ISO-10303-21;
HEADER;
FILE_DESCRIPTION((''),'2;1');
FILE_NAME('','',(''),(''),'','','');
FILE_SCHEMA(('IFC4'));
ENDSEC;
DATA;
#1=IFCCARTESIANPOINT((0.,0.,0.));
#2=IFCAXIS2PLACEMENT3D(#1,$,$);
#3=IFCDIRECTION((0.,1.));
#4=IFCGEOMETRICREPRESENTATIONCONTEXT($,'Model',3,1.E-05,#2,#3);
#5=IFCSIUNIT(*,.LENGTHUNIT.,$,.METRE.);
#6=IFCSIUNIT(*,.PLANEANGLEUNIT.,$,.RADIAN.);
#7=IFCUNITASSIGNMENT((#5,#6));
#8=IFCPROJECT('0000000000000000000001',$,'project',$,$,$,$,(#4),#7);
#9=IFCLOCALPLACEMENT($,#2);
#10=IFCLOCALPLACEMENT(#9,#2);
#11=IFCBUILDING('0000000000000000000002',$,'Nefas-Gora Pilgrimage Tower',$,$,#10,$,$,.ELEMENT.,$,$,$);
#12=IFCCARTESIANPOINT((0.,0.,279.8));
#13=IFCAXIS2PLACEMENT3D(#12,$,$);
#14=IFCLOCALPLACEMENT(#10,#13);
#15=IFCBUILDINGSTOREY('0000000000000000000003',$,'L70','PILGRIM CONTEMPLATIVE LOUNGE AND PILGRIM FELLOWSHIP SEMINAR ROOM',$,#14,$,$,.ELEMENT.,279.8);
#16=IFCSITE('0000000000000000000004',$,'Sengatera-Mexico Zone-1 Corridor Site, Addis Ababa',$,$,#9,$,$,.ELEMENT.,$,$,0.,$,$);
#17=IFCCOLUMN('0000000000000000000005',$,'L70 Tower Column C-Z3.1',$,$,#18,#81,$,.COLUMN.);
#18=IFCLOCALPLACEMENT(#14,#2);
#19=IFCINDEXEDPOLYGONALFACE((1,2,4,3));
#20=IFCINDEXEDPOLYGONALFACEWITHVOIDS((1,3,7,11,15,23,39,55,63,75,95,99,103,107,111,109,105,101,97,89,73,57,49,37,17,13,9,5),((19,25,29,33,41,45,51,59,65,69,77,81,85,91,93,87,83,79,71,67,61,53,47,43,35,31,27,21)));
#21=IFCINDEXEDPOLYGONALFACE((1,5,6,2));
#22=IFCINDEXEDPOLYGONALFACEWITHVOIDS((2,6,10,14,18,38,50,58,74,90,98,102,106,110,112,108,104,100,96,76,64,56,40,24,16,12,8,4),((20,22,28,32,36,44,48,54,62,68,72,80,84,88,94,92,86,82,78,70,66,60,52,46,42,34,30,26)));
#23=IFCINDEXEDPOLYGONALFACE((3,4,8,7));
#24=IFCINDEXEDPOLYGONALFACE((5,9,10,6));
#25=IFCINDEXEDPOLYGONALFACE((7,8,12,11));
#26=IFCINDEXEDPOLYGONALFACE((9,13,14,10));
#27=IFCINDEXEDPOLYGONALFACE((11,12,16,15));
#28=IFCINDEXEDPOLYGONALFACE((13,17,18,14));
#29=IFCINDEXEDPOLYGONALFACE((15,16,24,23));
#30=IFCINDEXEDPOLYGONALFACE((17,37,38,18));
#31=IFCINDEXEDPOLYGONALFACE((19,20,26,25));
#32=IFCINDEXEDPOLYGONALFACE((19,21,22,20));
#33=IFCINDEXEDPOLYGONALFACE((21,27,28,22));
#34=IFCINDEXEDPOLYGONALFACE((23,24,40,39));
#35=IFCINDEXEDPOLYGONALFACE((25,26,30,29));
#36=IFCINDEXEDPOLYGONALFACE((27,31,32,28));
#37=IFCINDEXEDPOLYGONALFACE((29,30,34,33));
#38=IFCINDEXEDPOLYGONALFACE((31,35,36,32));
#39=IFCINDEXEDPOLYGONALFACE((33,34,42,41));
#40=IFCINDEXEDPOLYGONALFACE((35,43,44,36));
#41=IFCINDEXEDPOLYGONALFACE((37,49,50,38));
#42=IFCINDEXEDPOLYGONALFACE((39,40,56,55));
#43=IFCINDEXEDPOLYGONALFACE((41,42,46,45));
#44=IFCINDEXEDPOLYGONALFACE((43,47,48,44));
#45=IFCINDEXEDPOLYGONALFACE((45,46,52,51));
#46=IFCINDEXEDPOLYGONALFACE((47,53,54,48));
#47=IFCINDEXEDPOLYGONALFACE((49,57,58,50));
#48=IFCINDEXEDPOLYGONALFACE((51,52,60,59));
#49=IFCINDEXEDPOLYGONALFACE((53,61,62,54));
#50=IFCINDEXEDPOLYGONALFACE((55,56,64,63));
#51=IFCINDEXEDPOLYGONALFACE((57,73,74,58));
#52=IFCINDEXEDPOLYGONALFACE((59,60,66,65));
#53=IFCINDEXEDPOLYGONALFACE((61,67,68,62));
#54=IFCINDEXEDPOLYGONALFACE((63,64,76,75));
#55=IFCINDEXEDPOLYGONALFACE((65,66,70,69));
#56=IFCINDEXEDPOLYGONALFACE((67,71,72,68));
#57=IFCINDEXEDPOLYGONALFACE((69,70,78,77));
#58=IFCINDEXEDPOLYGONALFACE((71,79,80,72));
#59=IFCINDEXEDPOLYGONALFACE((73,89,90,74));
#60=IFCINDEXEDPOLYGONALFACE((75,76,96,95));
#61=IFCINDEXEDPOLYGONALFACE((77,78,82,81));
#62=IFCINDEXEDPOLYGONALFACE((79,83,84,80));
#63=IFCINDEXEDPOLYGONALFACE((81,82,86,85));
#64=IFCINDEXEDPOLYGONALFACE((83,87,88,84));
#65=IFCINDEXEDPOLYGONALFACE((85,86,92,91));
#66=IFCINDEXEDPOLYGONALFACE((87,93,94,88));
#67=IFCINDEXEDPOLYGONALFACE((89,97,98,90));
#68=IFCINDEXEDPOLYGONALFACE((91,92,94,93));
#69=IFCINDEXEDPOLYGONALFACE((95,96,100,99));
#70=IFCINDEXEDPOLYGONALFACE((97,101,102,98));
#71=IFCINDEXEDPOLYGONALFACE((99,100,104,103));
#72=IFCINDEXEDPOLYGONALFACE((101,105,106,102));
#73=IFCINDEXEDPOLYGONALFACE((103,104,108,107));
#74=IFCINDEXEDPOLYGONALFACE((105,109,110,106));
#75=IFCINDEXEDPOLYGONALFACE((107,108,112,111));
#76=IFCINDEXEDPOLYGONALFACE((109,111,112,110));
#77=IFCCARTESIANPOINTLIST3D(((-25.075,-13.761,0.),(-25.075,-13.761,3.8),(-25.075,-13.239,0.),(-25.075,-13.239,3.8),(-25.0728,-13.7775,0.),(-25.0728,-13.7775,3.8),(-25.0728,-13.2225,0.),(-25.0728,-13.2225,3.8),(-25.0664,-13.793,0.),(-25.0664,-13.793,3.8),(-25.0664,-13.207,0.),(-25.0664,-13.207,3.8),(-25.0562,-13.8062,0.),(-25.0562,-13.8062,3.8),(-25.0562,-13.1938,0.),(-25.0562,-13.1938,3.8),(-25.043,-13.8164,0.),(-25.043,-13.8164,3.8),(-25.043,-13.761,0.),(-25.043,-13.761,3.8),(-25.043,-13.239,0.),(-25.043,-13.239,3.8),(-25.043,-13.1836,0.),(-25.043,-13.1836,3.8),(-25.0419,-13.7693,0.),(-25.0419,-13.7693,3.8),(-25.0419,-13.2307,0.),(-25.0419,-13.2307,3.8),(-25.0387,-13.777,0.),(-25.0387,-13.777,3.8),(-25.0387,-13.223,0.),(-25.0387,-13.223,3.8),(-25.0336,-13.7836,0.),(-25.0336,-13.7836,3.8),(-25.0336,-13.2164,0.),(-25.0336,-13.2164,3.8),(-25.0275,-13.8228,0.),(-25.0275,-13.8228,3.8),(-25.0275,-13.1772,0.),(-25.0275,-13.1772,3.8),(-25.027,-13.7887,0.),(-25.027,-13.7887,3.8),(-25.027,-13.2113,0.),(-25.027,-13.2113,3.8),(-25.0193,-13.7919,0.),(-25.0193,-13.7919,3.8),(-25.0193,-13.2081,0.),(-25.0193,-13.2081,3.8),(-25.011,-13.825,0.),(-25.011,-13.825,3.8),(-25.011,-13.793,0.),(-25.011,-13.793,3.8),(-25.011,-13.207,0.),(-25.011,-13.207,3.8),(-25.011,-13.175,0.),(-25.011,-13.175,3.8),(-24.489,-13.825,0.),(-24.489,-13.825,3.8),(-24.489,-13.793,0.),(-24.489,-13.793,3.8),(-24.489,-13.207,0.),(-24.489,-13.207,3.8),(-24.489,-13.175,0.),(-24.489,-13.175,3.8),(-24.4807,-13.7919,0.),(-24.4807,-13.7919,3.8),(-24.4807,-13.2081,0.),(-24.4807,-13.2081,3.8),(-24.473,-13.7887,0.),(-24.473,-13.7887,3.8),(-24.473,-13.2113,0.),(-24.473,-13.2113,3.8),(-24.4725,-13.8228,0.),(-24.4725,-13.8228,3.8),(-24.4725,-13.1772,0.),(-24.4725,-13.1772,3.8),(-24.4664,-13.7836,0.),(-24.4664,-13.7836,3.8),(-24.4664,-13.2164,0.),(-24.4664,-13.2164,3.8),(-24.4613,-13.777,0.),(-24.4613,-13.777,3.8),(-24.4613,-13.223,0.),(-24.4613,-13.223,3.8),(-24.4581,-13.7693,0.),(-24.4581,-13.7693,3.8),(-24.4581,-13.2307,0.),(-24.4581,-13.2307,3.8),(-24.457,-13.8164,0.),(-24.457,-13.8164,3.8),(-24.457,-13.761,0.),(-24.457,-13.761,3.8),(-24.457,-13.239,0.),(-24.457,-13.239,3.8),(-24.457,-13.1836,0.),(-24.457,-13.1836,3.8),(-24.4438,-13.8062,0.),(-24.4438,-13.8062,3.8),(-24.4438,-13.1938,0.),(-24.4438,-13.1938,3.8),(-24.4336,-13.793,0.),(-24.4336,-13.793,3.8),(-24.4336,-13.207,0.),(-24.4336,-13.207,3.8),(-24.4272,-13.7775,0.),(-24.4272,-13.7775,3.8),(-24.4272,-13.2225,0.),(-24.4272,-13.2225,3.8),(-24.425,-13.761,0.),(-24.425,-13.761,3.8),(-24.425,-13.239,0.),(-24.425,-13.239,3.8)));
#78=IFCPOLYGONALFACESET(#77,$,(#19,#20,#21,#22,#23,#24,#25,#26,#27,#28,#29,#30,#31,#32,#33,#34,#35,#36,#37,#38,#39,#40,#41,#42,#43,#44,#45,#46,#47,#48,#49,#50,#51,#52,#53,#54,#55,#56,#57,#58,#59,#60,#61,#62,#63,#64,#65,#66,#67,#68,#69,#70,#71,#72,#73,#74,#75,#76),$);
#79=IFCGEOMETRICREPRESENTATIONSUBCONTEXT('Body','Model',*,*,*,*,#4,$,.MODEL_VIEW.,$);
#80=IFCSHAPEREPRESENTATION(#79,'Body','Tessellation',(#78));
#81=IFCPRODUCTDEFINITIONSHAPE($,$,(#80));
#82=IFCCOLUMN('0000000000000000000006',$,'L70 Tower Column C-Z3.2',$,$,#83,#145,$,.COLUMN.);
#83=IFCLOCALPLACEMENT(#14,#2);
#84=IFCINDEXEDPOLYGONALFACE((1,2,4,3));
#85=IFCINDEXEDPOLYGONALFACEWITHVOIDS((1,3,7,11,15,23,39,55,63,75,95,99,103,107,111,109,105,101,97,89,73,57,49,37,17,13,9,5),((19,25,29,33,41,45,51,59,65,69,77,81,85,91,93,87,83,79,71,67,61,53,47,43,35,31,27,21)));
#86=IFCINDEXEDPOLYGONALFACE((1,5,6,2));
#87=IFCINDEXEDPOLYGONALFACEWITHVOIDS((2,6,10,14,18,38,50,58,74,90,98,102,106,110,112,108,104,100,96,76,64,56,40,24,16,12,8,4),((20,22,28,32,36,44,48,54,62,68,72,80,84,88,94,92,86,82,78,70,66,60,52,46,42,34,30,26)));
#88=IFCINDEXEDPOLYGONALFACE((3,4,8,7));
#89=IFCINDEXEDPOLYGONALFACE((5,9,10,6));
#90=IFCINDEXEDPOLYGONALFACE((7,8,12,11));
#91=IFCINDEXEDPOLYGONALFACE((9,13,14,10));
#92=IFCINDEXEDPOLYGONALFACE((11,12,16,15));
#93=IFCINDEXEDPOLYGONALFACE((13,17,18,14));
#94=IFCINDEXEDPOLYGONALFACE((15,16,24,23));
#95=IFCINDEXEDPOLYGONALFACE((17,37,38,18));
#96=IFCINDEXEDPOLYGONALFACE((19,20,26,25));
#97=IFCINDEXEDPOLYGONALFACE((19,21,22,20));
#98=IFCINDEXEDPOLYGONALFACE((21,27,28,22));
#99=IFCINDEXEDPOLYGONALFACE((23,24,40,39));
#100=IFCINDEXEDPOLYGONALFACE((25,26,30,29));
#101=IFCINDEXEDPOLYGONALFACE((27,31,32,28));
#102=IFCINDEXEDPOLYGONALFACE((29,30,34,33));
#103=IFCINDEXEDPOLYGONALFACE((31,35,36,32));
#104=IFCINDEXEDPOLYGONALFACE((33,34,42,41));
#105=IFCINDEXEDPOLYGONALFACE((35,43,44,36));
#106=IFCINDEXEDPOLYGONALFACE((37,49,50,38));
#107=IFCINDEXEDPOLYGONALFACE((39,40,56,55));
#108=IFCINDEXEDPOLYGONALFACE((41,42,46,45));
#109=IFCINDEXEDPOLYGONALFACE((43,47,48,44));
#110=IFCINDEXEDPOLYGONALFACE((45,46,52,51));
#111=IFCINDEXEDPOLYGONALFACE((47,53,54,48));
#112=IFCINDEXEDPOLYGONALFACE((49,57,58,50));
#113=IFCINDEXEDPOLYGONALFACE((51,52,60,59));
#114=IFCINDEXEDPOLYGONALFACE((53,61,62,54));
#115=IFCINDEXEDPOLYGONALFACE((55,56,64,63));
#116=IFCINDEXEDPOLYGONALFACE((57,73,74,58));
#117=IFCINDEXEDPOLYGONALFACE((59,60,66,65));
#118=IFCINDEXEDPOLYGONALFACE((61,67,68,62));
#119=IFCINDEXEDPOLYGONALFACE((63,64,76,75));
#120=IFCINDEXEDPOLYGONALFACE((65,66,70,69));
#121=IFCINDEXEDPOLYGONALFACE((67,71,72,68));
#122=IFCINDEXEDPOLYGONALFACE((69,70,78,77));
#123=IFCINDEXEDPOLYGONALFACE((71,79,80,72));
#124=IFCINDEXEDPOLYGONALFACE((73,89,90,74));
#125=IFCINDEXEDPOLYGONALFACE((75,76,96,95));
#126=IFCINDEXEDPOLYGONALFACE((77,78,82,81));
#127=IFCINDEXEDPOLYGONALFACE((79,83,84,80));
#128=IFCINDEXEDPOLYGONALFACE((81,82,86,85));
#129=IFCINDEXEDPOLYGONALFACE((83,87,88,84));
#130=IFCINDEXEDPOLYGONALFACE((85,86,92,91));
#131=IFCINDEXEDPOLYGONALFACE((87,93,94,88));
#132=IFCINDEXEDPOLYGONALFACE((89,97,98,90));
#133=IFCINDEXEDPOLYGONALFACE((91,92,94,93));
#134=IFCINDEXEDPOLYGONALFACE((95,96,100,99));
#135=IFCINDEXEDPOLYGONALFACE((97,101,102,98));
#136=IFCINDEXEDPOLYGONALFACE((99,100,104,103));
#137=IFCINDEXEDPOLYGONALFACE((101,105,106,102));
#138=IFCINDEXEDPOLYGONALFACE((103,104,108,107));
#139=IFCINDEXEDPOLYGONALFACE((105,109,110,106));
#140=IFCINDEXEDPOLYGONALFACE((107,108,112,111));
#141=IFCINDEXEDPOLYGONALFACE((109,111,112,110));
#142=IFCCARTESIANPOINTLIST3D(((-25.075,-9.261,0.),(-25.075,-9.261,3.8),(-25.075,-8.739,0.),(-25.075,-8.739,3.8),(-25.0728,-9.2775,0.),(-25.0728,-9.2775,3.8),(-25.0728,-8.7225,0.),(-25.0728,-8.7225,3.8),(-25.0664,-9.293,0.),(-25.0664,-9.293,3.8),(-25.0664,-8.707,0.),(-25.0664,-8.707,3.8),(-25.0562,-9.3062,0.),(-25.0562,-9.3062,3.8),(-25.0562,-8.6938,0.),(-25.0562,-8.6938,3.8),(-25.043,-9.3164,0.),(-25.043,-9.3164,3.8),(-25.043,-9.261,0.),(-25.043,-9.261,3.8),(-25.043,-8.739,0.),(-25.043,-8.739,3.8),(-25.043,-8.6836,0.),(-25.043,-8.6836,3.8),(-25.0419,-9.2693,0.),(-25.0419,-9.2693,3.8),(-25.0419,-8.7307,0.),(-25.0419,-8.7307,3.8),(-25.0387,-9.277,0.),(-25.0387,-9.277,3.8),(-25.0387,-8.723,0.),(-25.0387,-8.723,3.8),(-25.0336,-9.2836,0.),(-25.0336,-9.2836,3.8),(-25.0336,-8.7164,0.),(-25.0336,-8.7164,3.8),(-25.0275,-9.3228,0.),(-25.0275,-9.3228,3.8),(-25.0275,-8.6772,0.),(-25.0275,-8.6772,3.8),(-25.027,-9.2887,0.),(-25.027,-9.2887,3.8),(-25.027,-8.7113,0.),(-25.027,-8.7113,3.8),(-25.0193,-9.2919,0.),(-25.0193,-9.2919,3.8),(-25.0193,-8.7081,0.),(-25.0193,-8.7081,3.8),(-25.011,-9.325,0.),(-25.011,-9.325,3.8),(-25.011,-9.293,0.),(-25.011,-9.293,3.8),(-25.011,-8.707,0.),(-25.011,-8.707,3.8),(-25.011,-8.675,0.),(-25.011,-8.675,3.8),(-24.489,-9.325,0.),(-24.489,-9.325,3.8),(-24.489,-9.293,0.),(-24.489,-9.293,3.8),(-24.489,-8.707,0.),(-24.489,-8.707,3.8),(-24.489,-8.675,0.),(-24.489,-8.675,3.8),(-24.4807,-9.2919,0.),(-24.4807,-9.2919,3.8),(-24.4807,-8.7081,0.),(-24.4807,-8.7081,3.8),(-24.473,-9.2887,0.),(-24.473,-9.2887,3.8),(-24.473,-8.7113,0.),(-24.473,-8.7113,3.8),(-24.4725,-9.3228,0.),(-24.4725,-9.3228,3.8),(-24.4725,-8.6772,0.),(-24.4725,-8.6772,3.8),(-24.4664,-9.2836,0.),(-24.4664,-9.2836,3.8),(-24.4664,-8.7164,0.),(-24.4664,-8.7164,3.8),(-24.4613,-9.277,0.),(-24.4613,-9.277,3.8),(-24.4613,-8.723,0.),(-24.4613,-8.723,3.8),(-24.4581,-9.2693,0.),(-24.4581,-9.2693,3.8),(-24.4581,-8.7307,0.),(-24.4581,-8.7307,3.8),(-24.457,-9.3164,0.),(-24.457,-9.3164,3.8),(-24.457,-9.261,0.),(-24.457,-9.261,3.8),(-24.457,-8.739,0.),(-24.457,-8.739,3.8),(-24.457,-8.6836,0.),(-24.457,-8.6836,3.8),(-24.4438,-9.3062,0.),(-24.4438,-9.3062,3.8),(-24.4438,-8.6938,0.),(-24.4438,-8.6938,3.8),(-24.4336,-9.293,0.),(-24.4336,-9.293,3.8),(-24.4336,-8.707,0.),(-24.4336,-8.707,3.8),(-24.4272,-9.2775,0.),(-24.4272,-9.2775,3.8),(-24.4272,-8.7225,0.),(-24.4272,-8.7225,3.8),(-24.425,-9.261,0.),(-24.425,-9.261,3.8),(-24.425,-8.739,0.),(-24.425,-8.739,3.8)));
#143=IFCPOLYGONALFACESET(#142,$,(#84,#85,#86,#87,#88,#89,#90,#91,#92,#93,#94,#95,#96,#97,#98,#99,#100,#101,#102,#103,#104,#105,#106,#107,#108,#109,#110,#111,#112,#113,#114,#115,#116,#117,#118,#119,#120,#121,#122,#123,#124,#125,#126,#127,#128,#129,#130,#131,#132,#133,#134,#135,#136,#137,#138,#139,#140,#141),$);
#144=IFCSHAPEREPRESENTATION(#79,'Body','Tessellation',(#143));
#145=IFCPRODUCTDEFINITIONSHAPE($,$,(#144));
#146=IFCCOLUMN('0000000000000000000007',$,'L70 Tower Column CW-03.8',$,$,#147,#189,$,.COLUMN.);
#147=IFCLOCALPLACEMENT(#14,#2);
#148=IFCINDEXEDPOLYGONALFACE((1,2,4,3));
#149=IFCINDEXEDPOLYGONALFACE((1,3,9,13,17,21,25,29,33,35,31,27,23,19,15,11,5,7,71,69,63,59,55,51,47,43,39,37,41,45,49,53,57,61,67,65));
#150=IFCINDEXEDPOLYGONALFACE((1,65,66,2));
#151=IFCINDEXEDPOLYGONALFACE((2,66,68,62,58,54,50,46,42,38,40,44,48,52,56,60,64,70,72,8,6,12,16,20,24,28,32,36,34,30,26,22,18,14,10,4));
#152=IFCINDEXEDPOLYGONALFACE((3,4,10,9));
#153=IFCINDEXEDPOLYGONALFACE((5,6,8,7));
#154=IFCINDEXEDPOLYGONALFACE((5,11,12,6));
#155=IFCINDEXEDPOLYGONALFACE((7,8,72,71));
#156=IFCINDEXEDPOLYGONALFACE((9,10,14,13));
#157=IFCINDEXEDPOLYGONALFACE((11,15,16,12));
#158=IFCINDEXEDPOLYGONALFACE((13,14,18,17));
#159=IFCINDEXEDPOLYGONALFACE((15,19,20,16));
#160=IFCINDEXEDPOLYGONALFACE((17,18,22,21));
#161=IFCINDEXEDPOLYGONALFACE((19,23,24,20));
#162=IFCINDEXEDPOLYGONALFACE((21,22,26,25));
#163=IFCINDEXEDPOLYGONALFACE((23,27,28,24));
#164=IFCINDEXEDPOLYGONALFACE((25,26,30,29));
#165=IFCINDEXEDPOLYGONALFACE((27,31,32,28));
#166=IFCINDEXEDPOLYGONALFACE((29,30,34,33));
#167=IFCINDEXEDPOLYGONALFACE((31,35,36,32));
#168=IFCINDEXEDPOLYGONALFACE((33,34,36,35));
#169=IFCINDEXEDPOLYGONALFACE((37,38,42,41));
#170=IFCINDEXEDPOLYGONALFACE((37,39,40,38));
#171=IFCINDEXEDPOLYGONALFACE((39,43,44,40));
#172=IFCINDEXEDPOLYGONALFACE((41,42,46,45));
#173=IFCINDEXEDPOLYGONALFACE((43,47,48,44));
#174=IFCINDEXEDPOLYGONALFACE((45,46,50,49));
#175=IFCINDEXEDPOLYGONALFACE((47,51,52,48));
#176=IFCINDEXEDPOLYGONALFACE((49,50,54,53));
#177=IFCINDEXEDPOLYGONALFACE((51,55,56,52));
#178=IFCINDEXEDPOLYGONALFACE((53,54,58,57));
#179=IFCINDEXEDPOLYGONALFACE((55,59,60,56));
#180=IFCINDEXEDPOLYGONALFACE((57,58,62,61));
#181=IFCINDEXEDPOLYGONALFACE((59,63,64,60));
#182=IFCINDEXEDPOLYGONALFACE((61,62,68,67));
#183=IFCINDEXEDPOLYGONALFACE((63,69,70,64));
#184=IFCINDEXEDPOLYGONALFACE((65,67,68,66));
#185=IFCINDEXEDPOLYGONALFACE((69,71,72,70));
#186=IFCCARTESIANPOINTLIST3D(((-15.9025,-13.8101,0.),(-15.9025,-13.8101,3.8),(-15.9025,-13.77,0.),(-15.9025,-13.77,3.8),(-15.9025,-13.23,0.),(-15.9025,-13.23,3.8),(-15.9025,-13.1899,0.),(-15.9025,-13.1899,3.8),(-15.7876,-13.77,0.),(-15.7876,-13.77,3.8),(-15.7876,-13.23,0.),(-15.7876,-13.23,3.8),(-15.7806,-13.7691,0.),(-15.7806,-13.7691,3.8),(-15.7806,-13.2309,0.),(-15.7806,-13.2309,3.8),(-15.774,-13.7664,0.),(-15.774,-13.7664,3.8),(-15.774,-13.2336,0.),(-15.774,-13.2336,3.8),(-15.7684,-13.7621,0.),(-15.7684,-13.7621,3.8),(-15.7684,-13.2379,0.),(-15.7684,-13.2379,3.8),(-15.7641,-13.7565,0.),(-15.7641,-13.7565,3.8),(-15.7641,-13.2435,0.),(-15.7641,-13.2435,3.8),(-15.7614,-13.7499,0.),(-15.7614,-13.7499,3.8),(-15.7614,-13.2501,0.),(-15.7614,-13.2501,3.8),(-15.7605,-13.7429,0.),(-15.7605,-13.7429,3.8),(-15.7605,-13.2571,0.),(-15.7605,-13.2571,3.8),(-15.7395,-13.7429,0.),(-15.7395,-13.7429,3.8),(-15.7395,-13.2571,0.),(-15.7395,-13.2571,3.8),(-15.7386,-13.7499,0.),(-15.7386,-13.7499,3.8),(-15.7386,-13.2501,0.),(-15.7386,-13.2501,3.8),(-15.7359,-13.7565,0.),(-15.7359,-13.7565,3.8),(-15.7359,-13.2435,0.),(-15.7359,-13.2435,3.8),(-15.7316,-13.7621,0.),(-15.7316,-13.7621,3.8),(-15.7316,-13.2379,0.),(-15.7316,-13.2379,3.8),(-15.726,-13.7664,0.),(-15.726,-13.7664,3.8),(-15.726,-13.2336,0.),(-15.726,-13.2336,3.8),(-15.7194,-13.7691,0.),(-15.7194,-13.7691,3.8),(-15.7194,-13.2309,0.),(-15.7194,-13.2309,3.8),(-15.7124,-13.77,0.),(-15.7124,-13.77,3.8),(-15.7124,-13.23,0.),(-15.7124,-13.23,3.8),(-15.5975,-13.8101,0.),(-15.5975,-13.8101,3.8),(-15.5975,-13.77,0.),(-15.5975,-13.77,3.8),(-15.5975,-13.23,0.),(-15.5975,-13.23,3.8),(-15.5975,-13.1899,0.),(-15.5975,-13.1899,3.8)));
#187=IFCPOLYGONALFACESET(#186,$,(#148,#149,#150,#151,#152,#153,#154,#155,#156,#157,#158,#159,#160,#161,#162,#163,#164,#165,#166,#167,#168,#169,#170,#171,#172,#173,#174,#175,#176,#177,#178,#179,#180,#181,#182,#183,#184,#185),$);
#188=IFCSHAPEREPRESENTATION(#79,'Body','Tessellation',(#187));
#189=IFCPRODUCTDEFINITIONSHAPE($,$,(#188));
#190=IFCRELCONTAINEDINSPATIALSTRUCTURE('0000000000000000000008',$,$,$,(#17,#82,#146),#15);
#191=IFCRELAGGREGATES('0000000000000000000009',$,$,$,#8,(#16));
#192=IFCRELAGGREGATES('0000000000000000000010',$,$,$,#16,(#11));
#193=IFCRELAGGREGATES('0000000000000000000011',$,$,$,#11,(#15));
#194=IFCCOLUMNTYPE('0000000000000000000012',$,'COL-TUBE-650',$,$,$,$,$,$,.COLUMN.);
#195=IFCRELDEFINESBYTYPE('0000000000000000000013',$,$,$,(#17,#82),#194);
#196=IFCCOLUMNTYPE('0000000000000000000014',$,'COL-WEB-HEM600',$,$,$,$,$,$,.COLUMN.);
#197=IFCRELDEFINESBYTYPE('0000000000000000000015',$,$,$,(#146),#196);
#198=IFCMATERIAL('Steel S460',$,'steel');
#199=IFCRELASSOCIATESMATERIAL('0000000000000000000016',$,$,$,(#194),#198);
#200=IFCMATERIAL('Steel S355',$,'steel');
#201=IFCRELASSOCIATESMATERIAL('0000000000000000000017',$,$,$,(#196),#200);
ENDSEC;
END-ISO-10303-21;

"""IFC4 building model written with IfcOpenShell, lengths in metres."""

from ifc_helpers import new_model, si_unit, direction, frame, origin, origin_2d, place, context, subcontext, project, spatial, hollow_rectangle, i_section, extrude, source, transform, mapped, material, material_profile, profile_set, type_object, element, save


model = new_model("IFC4")

# Units and contexts
model_context = context("Model", 3, precision=1e-05, world=origin(), true_north=direction((0.0, 1.0)))
body_context = subcontext(model_context, "Body", "Model", "MODEL_VIEW")
ifc_project = project(units=[si_unit("LENGTHUNIT", "METRE"), si_unit("PLANEANGLEUNIT", "RADIAN")], contexts=[model_context])

# Site, building, storey
site_placement = place(None, origin())
site = spatial("IfcSite", under=ifc_project, at=site_placement, Name="Sengatera-Mexico Zone-1 Corridor Site, Addis Ababa", CompositionType="ELEMENT", RefElevation=0.0)
building_placement = place(site_placement, origin())
building = spatial("IfcBuilding", under=site, at=building_placement, Name="Nefas-Gora Pilgrimage Tower", CompositionType="ELEMENT")
storey_placement = place(building_placement, frame((0.0, 0.0, 279.8)))
storey = spatial("IfcBuildingStorey", under=building, at=storey_placement, Name="L70", Description="PILGRIM CONTEMPLATIVE LOUNGE AND PILGRIM FELLOWSHIP SEMINAR ROOM", CompositionType="ELEMENT", Elevation=279.8)

# Columns
ifc_material_1 = material(Name="Steel S460", Category="steel")
ifc_material_profile_1 = material_profile(ifc_material_1, hollow_rectangle(XDim=0.6499, YDim=0.6499, WallThickness=0.032, InnerFilletRadius=0.032, OuterFilletRadius=0.064, at=origin_2d()), Name="BOX 650x650x32")
ifc_profile_set_1 = profile_set([ifc_material_profile_1], Name="Steel S460")
column_type_1 = type_object("IfcColumnType", Name="COL-TUBE-650", PredefinedType="COLUMN", material=ifc_profile_set_1)
shared_shape_1 = source(origin(), body_context, "Body", "SweptSolid", [
    extrude(hollow_rectangle(XDim=0.6499, YDim=0.6499, WallThickness=0.032, InnerFilletRadius=0.032, OuterFilletRadius=0.064, at=origin_2d()), origin(), (0.0, 0.0, 1.0), 3.8),
])
for number, where, z_axis, x_axis, name in (
    (1, (-24.75, -13.5, 0.0), (0.0, 0.0, 1.0), (1.0, 0.0, 0.0), "L70 Tower Column C-Z3.1"),
    (2, (-24.75, -9.0, 0.0), (0.0, 0.0, 1.0), (1.0, 0.0, 0.0), "L70 Tower Column C-Z3.2"),
):
    element("IfcColumn", number, at=place(storey_placement, frame(where, z_axis=z_axis, x_axis=x_axis)), inside=storey, type_object=column_type_1, Name=name, PredefinedType="COLUMN", context=body_context, shape_type="MappedRepresentation", body=[
        mapped(shared_shape_1, transform((0.0, 0.0, 0.0), x_axis=(1.0, 0.0, 0.0), y_axis=(0.0, 1.0, 0.0), z_axis=(0.0, 0.0, 1.0), scale=1.0)),
    ])
ifc_material_2 = material(Name="Steel S355", Category="steel")
ifc_material_profile_2 = material_profile(ifc_material_2, i_section(OverallWidth=0.3049, OverallDepth=0.6201, WebThickness=0.021, FlangeThickness=0.04, FilletRadius=0.0271, at=origin_2d()), Name="HEM 600")
ifc_profile_set_2 = profile_set([ifc_material_profile_2], Name="Steel S355")
column_type_2 = type_object("IfcColumnType", Name="COL-WEB-HEM600", PredefinedType="COLUMN", material=ifc_profile_set_2)
shared_shape_2 = source(origin(), body_context, "Body", "SweptSolid", [
    extrude(i_section(OverallWidth=0.3049, OverallDepth=0.6201, WebThickness=0.021, FlangeThickness=0.04, FilletRadius=0.0271, at=origin_2d()), origin(), (0.0, 0.0, 1.0), 3.8),
])
column_placement = place(storey_placement, frame((-15.75, -13.5, 0.0), z_axis=(0.0, 0.0, 1.0), x_axis=(1.0, 0.0, 0.0)))
element("IfcColumn", 3, at=column_placement, inside=storey, type_object=column_type_2, Name="L70 Tower Column CW-03.8", PredefinedType="COLUMN", context=body_context, shape_type="MappedRepresentation", body=[
    mapped(shared_shape_2, transform((0.0, 0.0, 0.0), x_axis=(1.0, 0.0, 0.0), y_axis=(0.0, 1.0, 0.0), z_axis=(0.0, 0.0, 1.0), scale=1.0)),
])

save(model, "model.ifc")
